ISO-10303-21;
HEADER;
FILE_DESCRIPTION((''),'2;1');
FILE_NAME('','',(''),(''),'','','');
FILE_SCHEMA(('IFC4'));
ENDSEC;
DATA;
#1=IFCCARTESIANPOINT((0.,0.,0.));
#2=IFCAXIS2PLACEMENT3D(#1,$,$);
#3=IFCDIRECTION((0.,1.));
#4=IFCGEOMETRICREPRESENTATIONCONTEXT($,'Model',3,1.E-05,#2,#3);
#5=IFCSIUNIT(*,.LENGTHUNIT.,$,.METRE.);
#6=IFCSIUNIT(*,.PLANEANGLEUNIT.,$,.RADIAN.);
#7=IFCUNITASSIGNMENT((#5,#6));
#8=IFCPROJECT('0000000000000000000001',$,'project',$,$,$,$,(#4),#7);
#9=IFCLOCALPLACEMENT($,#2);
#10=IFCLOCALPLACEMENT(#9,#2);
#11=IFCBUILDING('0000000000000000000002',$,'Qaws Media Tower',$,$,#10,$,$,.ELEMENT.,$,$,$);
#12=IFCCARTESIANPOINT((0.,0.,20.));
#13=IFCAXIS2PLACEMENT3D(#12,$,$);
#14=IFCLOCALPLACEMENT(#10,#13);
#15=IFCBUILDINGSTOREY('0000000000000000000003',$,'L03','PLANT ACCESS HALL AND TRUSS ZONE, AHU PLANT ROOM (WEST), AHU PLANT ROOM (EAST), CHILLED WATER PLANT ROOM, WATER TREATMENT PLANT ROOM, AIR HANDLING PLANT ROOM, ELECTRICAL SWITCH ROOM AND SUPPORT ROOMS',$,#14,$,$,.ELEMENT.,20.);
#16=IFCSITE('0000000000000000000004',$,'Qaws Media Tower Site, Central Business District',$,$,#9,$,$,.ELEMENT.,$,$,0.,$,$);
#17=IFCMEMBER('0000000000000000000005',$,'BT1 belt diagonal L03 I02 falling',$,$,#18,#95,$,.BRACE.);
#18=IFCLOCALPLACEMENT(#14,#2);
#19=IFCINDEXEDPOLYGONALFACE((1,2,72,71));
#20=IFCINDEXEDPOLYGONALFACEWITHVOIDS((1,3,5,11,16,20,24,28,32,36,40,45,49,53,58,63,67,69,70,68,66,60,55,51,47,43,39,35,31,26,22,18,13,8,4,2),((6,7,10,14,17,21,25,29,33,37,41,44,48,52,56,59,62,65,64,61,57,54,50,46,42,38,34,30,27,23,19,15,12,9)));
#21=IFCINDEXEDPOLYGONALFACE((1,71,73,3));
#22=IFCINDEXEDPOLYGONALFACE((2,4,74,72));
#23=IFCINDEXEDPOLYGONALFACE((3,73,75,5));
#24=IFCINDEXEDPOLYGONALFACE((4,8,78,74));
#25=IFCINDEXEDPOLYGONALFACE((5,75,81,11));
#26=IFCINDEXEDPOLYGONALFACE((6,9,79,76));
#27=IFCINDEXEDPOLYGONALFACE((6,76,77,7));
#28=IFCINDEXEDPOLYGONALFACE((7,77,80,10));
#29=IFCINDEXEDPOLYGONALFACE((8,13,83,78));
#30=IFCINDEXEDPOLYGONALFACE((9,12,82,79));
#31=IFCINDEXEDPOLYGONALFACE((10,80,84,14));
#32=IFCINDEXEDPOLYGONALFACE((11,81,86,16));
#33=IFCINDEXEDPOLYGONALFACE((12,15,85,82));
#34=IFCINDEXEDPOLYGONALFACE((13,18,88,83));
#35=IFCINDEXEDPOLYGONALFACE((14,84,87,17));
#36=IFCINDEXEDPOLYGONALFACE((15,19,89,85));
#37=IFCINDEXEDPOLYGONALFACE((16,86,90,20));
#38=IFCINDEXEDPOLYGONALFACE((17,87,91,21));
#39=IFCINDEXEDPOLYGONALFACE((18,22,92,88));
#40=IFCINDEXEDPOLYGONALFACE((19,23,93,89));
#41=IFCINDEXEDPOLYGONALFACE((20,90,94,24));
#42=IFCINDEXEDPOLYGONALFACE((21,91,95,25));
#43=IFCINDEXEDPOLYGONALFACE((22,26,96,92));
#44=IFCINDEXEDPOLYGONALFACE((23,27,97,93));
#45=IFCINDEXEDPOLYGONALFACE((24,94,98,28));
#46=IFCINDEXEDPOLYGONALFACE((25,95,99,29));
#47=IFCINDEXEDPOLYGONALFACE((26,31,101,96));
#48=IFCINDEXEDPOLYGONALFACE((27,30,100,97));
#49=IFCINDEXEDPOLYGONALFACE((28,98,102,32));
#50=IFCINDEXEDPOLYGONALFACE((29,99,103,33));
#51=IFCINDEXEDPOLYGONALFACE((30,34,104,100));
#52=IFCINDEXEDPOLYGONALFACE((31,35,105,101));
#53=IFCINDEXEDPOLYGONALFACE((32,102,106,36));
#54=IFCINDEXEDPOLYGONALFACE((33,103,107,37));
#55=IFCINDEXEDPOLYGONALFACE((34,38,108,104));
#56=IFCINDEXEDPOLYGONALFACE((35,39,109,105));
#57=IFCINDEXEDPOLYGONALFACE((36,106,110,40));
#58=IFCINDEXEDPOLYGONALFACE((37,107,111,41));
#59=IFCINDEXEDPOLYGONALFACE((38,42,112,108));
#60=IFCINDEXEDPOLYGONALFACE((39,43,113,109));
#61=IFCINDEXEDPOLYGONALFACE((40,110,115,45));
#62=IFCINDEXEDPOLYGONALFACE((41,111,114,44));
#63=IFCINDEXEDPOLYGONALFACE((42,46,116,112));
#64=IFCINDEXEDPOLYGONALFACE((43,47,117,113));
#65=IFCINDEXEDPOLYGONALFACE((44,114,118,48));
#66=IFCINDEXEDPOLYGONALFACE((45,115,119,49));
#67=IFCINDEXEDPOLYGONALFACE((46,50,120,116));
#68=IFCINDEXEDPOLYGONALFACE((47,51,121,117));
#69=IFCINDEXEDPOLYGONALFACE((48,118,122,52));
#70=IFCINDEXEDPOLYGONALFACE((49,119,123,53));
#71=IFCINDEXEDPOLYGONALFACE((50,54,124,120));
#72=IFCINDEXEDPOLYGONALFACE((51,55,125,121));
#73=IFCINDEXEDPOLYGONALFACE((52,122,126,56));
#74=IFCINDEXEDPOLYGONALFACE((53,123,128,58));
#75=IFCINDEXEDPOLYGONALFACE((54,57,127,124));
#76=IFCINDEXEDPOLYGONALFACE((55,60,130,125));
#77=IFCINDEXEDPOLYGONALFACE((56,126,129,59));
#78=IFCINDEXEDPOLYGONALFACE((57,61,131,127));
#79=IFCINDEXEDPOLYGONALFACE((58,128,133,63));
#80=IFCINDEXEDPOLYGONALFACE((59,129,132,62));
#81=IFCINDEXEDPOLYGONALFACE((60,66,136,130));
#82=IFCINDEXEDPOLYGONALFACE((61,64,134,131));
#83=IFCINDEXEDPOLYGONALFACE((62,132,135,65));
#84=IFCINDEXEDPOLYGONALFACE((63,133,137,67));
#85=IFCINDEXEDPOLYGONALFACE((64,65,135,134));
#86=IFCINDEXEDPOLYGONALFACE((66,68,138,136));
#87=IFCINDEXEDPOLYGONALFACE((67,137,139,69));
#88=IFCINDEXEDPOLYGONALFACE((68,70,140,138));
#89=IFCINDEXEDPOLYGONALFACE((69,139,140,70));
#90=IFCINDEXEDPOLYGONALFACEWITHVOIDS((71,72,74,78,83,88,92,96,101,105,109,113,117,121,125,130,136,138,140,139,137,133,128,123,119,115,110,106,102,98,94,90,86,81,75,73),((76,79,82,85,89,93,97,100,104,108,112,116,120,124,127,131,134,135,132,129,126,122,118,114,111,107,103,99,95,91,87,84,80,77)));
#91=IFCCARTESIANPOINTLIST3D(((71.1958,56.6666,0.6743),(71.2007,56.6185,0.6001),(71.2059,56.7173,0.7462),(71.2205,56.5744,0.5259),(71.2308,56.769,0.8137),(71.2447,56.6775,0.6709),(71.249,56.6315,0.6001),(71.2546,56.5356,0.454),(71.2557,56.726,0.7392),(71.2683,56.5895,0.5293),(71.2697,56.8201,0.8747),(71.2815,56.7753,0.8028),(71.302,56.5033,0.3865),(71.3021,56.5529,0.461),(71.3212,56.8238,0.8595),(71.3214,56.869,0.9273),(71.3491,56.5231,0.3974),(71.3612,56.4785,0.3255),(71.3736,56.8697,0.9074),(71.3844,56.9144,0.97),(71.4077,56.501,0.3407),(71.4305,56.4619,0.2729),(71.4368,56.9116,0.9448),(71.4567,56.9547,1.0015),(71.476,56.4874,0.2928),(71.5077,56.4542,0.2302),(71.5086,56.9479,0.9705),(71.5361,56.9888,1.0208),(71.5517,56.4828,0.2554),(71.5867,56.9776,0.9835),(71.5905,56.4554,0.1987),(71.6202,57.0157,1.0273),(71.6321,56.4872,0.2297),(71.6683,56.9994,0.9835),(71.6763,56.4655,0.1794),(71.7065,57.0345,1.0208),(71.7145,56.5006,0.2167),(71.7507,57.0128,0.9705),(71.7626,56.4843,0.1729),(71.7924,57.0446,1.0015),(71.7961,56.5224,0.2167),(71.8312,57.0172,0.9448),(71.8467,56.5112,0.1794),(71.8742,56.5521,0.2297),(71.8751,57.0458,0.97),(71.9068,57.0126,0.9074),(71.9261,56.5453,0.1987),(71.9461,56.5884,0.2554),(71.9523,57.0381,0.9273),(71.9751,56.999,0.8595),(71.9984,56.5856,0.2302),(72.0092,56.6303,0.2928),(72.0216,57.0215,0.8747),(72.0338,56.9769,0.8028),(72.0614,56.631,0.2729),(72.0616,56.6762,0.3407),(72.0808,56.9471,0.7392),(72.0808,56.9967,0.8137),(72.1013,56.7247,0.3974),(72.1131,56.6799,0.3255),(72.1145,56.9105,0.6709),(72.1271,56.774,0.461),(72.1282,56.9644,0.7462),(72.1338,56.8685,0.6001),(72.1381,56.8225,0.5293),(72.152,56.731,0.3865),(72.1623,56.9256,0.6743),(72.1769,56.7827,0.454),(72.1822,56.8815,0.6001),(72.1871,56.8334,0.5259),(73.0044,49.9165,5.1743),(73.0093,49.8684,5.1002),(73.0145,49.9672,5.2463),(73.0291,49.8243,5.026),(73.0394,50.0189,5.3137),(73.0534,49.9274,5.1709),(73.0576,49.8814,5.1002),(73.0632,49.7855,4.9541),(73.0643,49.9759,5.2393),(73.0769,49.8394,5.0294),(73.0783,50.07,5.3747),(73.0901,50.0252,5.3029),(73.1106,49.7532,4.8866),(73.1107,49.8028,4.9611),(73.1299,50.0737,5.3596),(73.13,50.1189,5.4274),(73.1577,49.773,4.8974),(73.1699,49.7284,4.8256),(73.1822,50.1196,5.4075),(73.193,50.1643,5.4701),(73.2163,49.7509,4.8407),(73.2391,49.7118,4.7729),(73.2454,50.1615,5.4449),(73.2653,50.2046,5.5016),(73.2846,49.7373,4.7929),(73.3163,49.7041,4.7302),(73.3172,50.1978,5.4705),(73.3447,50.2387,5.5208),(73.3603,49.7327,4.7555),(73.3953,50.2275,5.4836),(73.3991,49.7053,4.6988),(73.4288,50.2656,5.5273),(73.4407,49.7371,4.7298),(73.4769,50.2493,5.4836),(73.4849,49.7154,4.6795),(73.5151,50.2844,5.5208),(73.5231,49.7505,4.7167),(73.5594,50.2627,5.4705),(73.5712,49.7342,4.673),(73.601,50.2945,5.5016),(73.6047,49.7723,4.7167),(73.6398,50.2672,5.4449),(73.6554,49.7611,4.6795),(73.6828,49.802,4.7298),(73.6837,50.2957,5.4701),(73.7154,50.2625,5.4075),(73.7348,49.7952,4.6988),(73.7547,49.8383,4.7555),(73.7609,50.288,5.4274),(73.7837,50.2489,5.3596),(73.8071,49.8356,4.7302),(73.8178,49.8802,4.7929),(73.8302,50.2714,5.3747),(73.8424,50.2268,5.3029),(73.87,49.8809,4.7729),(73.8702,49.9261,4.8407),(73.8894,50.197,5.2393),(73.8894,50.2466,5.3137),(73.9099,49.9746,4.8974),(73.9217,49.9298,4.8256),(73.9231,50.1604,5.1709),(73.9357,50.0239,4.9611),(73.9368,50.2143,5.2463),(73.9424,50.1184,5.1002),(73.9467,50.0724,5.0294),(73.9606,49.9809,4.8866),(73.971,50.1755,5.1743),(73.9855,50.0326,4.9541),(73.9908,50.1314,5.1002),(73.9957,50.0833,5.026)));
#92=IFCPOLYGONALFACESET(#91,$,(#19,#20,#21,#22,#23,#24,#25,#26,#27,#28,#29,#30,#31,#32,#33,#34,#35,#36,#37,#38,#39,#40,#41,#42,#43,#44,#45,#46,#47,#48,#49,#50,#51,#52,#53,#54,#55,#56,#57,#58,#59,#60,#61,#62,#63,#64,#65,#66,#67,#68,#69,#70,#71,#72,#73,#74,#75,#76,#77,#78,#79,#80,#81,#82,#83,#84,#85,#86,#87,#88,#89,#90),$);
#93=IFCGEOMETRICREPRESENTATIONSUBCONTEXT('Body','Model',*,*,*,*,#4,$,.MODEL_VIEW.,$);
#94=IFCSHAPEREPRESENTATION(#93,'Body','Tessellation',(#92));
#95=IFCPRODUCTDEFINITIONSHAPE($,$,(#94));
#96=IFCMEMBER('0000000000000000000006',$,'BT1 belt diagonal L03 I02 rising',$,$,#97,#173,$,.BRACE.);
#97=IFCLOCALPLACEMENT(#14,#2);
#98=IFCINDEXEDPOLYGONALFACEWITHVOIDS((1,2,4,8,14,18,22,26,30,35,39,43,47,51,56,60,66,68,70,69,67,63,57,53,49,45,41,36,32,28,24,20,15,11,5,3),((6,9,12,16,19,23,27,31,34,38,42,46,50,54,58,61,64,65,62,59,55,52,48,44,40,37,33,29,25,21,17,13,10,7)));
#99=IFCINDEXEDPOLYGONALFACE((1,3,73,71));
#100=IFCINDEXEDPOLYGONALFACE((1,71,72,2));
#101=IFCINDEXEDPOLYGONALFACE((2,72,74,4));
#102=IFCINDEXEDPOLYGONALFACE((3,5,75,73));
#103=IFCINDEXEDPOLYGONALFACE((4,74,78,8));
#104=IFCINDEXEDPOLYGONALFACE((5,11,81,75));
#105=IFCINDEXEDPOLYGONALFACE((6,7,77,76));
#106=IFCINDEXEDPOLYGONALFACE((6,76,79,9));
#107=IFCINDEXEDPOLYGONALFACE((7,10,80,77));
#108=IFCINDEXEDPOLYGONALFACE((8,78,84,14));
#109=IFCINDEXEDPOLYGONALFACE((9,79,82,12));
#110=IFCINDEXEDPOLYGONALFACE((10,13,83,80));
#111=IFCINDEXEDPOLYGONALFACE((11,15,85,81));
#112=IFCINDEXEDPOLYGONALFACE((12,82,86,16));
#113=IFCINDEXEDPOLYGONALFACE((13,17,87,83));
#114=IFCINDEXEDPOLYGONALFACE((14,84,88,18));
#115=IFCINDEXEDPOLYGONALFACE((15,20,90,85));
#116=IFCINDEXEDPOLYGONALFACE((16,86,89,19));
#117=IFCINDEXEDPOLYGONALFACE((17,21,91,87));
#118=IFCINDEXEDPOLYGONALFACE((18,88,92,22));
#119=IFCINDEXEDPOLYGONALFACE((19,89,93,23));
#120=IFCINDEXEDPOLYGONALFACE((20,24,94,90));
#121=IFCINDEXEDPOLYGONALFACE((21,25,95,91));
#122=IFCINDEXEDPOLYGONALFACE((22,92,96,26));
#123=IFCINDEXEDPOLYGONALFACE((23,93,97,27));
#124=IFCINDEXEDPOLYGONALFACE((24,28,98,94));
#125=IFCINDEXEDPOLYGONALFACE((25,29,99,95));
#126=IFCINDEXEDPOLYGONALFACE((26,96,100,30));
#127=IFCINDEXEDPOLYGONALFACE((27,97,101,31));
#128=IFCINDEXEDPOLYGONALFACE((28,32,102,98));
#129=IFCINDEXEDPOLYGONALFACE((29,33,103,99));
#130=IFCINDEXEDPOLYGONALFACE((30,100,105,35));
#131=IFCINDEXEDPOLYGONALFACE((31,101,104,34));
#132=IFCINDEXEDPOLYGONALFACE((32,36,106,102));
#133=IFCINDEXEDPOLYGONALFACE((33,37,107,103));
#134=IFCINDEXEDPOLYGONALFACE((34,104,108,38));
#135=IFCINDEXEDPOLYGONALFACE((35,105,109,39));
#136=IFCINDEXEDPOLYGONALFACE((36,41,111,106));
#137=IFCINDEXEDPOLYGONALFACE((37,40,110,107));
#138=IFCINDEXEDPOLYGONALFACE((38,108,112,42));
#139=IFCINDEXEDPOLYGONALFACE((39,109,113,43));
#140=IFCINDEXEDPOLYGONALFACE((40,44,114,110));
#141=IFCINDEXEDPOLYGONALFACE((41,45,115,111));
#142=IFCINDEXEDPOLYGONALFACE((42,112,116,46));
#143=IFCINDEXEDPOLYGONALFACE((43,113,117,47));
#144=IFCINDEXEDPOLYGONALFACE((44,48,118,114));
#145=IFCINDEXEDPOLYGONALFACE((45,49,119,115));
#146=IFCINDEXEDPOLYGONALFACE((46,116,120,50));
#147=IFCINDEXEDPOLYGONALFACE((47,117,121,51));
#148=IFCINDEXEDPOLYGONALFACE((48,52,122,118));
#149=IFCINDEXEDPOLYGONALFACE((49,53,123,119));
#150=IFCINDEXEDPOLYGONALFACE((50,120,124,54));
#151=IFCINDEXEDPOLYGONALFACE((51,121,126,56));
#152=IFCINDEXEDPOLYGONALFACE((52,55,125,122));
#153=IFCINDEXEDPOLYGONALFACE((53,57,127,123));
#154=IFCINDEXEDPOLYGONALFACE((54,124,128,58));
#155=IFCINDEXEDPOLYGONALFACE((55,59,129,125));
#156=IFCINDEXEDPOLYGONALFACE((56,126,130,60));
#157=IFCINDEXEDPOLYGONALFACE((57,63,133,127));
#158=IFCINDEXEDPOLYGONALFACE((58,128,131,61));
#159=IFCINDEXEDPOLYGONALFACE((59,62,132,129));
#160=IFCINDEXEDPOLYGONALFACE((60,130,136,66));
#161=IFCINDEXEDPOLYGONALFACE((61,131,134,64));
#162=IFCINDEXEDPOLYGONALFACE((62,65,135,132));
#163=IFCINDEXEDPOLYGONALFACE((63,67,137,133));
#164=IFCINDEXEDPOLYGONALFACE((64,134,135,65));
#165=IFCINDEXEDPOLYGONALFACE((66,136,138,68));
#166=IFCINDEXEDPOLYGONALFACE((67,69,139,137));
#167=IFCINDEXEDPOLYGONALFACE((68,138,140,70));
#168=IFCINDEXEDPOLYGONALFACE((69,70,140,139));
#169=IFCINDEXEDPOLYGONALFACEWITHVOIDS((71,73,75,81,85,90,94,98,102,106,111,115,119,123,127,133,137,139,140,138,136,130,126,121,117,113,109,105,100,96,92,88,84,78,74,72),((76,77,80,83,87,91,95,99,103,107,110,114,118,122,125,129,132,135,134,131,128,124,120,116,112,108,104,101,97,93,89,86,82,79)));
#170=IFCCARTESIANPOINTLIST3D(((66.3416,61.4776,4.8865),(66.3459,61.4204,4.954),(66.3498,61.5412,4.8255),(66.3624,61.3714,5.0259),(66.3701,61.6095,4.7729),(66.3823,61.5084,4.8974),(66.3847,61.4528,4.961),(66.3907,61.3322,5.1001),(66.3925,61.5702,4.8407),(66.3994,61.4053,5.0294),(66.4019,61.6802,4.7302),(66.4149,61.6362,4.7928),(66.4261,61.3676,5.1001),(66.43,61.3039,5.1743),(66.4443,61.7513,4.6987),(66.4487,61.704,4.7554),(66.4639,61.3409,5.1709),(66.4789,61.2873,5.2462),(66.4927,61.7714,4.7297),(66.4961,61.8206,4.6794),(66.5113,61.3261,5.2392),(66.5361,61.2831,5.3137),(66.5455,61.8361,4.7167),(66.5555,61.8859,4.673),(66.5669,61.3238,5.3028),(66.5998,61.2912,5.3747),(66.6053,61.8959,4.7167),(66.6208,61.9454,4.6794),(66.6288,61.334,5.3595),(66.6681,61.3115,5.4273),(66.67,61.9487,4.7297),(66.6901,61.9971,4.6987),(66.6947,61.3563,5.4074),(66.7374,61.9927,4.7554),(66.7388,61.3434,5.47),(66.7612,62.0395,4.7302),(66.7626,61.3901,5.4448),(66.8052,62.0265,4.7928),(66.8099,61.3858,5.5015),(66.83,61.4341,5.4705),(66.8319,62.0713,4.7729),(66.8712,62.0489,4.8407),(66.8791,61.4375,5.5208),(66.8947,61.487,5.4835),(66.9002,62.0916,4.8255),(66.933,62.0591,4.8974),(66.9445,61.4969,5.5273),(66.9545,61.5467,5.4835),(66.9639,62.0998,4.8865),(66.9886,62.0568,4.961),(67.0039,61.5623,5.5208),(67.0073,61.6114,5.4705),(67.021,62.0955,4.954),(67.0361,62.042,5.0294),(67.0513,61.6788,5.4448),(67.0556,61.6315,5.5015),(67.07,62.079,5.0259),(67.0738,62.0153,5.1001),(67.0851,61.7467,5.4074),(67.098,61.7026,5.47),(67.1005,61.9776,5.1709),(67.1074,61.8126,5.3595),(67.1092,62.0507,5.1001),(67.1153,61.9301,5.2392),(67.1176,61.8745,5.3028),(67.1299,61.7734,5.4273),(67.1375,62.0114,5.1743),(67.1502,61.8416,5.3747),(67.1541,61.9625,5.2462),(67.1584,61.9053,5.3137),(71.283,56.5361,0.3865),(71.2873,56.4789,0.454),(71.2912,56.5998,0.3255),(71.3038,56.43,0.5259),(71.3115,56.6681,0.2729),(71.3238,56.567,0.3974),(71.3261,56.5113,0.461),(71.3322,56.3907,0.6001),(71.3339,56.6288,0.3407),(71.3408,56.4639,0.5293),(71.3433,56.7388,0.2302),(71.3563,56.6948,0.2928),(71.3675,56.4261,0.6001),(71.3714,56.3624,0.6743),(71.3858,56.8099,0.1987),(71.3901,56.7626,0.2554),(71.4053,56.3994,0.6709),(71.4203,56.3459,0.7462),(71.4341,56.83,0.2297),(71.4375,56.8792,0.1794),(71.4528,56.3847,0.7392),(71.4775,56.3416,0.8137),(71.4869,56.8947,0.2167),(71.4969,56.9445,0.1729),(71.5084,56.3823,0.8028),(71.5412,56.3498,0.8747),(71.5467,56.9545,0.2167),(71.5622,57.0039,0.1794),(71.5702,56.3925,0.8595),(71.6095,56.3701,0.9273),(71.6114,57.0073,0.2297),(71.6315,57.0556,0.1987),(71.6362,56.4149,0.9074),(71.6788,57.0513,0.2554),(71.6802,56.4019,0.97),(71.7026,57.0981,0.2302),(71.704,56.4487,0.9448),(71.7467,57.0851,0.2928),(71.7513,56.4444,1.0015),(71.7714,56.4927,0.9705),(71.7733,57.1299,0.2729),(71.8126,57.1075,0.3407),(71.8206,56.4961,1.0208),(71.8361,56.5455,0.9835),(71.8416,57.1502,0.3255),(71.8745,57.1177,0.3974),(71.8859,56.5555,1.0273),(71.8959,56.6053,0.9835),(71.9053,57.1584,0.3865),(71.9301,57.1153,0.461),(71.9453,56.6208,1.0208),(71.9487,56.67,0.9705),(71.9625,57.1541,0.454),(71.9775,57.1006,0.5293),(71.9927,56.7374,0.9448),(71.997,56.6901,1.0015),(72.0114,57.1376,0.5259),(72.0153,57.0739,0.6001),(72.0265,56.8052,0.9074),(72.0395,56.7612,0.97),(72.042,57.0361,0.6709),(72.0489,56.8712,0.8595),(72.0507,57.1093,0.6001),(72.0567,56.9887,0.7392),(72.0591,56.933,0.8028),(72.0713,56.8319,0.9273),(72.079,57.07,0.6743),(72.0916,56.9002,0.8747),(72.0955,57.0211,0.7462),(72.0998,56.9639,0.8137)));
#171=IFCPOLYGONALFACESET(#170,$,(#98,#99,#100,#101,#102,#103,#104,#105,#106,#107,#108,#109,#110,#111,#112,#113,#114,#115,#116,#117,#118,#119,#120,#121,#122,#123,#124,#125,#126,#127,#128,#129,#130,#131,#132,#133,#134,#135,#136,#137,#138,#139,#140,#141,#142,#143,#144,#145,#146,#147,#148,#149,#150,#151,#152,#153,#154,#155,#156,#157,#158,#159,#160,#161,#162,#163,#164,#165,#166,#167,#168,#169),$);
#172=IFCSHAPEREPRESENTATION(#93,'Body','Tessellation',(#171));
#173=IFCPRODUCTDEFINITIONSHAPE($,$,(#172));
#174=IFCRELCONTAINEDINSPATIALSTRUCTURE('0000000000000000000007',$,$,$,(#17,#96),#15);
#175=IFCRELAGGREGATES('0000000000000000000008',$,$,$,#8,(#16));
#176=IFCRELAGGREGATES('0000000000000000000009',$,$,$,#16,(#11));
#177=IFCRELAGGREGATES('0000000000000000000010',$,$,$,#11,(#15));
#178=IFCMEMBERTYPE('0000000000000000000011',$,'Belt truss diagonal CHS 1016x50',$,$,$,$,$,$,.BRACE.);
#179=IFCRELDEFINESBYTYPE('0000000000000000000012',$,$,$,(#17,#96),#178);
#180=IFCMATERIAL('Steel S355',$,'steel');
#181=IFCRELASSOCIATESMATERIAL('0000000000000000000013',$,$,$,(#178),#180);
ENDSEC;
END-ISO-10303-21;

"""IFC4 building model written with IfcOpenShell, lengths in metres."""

from ifc_helpers import new_model, si_unit, direction, frame, origin, origin_2d, place, context, subcontext, project, spatial, hollow_circle, extrude, material, material_profile, profile_set, type_object, element, save


model = new_model("IFC4")

# Units and contexts
model_context = context("Model", 3, precision=1e-05, world=origin(), true_north=direction((0.0, 1.0)))
body_context = subcontext(model_context, "Body", "Model", "MODEL_VIEW")
ifc_project = project(units=[si_unit("LENGTHUNIT", "METRE"), si_unit("PLANEANGLEUNIT", "RADIAN")], contexts=[model_context])

# Site, building, storey
site_placement = place(None, origin())
site = spatial("IfcSite", under=ifc_project, at=site_placement, Name="Qaws Media Tower Site, Central Business District", CompositionType="ELEMENT", RefElevation=0.0)
building_placement = place(site_placement, origin())
building = spatial("IfcBuilding", under=site, at=building_placement, Name="Qaws Media Tower", CompositionType="ELEMENT")
storey_placement = place(building_placement, frame((0.0, 0.0, 20.0)))
storey = spatial("IfcBuildingStorey", under=building, at=storey_placement, Name="L03", Description="PLANT ACCESS HALL AND TRUSS ZONE, AHU PLANT ROOM (WEST), AHU PLANT ROOM (EAST), CHILLED WATER PLANT ROOM, WATER TREATMENT PLANT ROOM, AIR HANDLING PLANT ROOM, ELECTRICAL SWITCH ROOM AND SUPPORT ROOMS", CompositionType="ELEMENT", Elevation=20.0)

# Members
ifc_material_1 = material(Name="Steel S355", Category="steel")
ifc_material_profile_1 = material_profile(ifc_material_1, hollow_circle(Radius=0.5081, WallThickness=0.05, at=origin_2d()), Name="CHS 1016x50")
ifc_profile_set_1 = profile_set([ifc_material_profile_1], Name="Steel S355")
member_type = type_object("IfcMemberType", Name="Belt truss diagonal CHS 1016x50", PredefinedType="BRACE", material=ifc_profile_set_1)
for number, where, z_axis, x_axis, name in (
    (1, (71.6914, 56.75, 0.6001), (0.217597, -0.812113, 0.541409), (0.965928, 0.258811, 0.0), "BT1 belt diagonal L03 I02 falling"),
    (2, (71.6914, 56.75, 0.6001), (-0.594509, 0.594509, 0.541403), (-0.707107, -0.707107, 0.0), "BT1 belt diagonal L03 I02 rising"),
):
    element("IfcMember", number, at=place(storey_placement, frame(where, z_axis=z_axis, x_axis=x_axis)), inside=storey, type_object=member_type, Name=name, PredefinedType="BRACE", context=body_context, shape_type="SweptSolid", body=[
        extrude(hollow_circle(Radius=0.5081, WallThickness=0.05, at=origin_2d()), origin(), (0.0, 0.0, 1.0), 8.3118),
    ])

save(model, "model.ifc")
